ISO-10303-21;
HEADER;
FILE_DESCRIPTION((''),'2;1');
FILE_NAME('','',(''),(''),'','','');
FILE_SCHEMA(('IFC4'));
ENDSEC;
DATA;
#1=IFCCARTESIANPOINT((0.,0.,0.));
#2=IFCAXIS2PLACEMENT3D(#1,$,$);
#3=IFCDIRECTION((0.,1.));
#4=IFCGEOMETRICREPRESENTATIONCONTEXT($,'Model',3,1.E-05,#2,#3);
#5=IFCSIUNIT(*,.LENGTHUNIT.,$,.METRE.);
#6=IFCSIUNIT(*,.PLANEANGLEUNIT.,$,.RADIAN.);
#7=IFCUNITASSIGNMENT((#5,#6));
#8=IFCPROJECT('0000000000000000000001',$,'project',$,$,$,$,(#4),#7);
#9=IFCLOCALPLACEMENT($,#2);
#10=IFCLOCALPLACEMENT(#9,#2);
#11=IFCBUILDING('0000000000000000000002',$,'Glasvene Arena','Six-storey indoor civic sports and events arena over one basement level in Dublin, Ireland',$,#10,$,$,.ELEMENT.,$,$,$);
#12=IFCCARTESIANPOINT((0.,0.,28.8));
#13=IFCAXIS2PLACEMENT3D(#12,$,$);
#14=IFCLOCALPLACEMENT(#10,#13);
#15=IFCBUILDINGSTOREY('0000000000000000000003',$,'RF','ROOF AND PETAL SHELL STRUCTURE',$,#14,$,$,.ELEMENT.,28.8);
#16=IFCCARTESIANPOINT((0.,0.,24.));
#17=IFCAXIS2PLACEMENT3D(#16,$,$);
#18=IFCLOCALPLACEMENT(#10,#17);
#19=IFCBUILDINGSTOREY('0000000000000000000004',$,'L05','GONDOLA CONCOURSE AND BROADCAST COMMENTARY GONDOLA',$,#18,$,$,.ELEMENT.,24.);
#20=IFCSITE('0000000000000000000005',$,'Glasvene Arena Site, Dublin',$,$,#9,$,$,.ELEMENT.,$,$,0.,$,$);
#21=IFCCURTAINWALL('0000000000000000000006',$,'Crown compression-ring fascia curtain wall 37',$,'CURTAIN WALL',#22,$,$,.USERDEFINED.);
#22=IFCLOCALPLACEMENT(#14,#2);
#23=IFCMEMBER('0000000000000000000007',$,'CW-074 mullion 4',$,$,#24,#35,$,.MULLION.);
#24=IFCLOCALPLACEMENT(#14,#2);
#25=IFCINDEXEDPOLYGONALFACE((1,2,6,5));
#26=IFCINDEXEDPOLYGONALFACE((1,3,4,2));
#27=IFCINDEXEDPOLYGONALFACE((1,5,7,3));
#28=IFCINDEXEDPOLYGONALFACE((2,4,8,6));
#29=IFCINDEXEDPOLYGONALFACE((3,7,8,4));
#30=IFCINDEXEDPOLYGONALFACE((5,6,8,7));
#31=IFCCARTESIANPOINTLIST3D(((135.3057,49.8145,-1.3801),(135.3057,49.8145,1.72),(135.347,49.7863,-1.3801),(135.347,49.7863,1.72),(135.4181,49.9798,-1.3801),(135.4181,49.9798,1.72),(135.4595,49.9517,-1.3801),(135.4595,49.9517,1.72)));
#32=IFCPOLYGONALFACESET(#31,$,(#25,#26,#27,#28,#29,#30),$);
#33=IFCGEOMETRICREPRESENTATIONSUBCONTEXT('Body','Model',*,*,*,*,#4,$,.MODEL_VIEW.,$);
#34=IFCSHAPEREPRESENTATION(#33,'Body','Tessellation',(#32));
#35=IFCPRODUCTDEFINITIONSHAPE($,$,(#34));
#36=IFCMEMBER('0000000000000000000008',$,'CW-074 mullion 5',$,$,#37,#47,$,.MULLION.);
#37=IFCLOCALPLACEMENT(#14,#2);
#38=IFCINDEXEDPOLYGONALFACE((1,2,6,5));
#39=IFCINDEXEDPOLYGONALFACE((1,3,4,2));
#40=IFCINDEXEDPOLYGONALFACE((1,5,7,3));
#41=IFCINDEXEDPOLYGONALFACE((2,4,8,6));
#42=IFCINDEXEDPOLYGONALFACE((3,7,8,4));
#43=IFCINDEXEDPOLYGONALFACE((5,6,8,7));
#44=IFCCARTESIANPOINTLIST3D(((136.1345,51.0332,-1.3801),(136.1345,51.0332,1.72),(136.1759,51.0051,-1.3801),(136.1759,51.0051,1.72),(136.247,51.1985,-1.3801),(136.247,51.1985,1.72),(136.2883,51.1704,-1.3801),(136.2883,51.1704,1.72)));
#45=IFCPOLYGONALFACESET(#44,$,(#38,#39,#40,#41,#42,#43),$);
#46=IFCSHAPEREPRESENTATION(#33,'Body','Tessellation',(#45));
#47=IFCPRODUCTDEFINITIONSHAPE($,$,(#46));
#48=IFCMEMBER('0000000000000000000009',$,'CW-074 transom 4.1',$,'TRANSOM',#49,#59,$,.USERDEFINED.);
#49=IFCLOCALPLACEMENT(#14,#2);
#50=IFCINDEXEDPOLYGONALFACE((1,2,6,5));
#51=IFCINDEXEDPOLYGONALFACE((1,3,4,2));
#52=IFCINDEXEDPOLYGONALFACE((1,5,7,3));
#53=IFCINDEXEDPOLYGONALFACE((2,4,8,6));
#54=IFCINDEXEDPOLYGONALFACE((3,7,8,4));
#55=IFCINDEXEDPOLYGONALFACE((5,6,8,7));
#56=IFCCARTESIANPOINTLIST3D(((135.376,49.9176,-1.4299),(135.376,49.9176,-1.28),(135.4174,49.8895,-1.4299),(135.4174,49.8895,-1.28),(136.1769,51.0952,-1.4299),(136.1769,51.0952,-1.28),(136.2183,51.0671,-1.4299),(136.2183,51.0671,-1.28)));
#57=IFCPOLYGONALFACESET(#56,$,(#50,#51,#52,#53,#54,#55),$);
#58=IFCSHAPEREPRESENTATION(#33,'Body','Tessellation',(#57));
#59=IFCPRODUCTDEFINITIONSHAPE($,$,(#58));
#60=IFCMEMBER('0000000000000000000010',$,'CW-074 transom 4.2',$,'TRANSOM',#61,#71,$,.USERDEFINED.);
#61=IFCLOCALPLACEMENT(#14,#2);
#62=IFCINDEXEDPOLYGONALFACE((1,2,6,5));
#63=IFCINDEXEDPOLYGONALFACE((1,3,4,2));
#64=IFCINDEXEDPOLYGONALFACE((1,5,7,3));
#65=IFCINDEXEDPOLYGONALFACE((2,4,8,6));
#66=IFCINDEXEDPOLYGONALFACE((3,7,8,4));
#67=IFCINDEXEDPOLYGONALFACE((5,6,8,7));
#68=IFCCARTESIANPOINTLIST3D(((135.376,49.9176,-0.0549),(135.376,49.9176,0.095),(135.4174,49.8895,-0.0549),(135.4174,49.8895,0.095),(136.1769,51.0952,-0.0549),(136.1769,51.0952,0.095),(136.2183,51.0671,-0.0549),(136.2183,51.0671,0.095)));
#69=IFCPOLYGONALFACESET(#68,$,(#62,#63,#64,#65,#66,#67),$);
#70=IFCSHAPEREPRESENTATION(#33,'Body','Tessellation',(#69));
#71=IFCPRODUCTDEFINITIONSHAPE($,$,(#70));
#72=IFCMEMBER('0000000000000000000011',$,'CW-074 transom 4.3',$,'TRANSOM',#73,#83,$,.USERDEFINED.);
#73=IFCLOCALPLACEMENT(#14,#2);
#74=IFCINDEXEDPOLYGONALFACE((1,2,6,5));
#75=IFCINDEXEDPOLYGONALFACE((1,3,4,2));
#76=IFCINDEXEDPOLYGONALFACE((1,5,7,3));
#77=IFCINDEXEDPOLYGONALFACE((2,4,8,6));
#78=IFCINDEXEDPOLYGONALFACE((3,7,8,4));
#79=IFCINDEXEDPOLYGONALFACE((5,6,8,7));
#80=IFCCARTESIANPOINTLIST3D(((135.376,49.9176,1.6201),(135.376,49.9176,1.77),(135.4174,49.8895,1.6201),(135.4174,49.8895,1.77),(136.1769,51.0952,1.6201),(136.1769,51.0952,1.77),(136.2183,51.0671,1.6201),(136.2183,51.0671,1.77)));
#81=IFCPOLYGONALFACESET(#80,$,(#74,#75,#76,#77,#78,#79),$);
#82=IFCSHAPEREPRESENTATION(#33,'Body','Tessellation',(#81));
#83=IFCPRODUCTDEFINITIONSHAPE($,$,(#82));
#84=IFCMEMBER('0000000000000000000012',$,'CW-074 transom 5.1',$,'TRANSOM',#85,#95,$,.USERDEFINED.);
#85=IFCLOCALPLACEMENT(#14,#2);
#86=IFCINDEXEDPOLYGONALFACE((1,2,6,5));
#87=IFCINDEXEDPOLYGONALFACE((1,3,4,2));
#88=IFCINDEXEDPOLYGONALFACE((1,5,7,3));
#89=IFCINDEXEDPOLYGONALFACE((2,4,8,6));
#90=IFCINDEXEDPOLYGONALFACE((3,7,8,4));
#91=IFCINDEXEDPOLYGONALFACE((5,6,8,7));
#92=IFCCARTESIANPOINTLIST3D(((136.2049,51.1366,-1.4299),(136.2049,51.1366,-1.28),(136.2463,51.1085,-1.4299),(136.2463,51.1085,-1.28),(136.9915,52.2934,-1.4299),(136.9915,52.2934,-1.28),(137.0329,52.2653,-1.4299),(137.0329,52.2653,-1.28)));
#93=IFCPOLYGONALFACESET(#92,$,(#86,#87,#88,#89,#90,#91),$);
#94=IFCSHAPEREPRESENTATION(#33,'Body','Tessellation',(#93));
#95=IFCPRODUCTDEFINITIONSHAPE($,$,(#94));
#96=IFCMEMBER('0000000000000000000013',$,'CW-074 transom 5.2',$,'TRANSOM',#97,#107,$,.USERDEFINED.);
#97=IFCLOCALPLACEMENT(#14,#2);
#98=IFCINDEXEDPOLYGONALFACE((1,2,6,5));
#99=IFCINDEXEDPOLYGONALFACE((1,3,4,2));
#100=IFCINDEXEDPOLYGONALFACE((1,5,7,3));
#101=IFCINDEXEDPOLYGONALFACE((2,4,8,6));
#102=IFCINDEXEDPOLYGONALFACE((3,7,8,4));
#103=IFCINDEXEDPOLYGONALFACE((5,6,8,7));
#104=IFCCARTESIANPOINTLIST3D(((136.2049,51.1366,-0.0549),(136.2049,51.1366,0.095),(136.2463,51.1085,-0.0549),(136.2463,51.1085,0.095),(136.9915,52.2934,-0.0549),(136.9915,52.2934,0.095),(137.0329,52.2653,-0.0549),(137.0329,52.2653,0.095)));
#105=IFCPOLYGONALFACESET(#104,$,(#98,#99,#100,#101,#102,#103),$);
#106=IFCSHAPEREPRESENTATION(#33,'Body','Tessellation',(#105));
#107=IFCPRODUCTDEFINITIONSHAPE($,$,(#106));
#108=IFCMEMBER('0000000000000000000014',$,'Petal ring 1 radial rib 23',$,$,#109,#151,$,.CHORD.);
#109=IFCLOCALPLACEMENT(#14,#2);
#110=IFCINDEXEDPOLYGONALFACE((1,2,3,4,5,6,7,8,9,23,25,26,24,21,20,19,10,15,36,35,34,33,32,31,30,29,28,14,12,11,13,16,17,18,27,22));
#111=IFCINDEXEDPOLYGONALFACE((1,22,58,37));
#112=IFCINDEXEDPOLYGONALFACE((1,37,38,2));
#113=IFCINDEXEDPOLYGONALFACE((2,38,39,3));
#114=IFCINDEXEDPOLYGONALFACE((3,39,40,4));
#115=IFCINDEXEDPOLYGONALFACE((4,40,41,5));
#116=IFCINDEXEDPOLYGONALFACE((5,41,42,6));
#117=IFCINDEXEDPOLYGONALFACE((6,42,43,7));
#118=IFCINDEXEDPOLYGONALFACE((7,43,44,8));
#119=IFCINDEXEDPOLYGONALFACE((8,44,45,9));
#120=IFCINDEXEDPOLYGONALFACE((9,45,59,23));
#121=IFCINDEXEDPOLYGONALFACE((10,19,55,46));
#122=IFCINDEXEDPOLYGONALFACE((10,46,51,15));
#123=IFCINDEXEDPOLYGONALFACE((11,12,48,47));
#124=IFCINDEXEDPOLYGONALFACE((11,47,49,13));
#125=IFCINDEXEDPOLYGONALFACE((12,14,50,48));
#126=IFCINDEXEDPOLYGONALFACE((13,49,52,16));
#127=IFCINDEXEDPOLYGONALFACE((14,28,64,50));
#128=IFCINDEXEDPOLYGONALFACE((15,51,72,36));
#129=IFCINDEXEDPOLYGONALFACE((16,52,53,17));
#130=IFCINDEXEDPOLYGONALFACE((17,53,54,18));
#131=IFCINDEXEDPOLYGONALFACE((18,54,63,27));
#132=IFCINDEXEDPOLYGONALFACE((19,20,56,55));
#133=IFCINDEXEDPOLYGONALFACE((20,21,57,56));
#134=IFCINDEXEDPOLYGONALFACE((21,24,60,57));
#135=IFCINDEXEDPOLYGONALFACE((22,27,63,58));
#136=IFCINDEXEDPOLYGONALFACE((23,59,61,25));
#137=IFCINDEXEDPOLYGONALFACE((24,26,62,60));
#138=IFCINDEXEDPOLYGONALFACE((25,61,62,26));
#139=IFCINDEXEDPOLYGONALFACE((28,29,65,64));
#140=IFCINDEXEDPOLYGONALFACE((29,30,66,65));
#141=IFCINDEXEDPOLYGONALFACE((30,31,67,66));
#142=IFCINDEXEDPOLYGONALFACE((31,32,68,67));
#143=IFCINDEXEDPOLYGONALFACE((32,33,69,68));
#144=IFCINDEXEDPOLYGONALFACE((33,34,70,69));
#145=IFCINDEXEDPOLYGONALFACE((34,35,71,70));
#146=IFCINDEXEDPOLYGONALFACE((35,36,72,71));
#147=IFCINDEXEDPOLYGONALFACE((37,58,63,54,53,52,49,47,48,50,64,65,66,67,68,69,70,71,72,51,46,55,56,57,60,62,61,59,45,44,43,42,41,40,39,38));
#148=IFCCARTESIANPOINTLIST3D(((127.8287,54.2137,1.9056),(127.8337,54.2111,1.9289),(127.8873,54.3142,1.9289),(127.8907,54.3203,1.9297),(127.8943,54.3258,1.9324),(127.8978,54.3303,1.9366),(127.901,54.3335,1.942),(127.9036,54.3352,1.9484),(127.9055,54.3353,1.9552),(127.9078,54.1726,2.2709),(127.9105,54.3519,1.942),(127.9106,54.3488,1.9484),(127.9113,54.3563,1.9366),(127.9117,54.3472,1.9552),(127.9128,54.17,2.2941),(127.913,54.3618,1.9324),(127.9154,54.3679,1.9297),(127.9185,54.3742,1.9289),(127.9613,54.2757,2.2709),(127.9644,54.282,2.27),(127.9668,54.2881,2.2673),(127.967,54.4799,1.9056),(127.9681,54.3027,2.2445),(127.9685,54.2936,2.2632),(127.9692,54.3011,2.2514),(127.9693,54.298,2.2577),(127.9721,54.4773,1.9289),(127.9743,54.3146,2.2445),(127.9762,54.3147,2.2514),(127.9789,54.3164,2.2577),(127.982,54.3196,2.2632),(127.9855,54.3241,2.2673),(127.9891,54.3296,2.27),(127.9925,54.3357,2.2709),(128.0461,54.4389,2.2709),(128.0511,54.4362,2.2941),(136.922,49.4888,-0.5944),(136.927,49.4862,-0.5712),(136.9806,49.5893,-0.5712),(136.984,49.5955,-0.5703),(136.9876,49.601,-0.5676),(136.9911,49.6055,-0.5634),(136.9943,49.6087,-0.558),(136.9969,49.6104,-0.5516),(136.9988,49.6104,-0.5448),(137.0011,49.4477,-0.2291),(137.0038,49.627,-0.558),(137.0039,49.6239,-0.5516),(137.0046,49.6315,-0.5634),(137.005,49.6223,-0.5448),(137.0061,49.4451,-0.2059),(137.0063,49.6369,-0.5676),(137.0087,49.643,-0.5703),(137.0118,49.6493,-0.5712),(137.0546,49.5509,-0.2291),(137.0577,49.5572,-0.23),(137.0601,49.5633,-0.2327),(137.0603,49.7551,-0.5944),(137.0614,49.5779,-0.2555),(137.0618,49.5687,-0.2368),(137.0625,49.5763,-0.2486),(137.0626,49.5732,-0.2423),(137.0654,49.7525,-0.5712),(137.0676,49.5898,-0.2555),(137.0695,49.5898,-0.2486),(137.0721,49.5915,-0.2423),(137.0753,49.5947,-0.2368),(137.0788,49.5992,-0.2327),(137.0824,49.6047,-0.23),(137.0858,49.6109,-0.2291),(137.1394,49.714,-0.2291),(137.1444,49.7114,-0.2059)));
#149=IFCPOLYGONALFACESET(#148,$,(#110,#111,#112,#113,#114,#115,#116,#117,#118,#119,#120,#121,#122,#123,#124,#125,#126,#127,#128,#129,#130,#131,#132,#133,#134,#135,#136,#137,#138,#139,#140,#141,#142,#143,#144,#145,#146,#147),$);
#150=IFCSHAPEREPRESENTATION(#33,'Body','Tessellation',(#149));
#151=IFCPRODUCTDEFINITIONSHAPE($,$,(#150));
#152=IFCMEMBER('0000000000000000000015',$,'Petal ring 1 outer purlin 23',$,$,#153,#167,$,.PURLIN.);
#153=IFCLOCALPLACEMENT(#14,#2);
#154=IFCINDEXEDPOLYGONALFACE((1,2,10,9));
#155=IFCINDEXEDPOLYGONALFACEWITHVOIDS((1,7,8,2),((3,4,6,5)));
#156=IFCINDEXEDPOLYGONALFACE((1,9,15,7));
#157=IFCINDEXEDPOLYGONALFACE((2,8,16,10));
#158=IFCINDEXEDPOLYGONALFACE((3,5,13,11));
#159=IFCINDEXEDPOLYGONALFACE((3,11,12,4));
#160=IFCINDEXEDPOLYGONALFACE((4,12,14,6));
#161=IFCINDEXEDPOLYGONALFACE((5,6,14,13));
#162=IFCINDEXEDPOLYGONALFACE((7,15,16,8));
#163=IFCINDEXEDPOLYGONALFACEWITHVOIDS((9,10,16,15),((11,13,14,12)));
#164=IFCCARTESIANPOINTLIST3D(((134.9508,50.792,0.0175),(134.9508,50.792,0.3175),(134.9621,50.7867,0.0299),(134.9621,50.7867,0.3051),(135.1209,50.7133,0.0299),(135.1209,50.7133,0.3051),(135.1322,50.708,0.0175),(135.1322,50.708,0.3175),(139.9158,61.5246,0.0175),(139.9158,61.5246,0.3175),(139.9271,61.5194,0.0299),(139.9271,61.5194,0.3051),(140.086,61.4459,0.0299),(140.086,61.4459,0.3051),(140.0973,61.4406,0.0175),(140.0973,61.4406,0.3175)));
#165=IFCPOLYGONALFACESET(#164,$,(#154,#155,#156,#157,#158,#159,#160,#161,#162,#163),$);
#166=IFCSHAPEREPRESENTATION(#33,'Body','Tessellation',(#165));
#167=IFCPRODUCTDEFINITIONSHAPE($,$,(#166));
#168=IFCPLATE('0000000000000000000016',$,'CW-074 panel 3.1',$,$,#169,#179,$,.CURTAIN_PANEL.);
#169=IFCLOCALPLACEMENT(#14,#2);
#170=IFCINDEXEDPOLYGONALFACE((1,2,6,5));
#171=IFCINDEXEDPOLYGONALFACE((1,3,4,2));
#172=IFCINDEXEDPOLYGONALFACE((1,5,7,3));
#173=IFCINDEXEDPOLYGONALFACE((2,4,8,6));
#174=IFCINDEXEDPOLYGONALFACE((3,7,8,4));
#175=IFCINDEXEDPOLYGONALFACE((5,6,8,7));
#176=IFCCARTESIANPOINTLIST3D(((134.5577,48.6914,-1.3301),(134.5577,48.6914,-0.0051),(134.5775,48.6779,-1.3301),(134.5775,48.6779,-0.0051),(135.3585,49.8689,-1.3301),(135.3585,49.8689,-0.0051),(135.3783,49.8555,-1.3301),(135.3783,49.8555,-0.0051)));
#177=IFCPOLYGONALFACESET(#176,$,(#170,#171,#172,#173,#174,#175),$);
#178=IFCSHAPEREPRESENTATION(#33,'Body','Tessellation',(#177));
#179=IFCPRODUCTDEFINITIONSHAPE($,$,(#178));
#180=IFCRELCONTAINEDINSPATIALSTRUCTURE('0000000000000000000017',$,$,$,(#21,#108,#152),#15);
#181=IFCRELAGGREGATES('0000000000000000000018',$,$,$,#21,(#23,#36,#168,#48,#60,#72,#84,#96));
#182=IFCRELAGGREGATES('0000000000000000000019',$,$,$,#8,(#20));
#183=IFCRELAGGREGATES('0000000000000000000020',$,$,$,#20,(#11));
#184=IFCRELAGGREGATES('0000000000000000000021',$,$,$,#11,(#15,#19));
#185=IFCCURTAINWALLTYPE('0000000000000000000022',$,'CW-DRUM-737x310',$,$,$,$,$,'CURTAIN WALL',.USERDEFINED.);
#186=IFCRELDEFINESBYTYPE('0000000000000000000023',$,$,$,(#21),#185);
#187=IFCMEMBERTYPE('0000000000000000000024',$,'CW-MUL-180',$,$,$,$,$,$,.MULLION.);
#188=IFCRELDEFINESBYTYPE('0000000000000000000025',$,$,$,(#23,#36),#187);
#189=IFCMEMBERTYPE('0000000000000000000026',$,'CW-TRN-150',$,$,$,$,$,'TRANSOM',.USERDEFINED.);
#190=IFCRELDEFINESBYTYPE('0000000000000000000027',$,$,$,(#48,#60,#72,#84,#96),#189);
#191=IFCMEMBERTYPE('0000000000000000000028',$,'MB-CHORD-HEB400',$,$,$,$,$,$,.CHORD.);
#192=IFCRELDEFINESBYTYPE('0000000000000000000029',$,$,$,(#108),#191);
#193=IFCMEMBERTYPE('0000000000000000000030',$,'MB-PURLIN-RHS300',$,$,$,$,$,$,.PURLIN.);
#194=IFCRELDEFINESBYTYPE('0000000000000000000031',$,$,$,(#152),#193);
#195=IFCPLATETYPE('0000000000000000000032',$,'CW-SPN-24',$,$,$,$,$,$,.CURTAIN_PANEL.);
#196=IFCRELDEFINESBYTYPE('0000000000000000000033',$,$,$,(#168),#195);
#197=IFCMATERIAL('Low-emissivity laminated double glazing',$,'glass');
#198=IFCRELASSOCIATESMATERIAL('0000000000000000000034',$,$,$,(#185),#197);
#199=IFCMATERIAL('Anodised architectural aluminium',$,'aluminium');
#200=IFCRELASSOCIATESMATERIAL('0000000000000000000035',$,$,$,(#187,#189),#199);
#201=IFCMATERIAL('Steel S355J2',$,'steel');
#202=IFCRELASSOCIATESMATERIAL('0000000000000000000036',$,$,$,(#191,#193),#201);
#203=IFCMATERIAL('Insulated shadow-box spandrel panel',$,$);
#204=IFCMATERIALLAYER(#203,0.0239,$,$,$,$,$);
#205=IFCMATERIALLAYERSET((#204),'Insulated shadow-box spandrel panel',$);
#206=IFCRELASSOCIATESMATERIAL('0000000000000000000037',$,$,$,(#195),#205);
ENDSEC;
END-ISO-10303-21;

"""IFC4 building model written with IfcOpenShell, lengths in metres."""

from ifc_helpers import new_model, si_unit, direction, frame, origin, origin_2d, place, context, subcontext, project, spatial, rectangle, hollow_rectangle, i_section, extrude, material, layer, layer_set, material_profile, profile_set, type_object, element, aggregate, save


model = new_model("IFC4")

# Units and contexts
model_context = context("Model", 3, precision=1e-05, world=origin(), true_north=direction((0.0, 1.0)))
body_context = subcontext(model_context, "Body", "Model", "MODEL_VIEW")
ifc_project = project(units=[si_unit("LENGTHUNIT", "METRE"), si_unit("PLANEANGLEUNIT", "RADIAN")], contexts=[model_context])

# Site, building, storey
site_placement = place(None, origin())
site = spatial("IfcSite", under=ifc_project, at=site_placement, Name="Glasvene Arena Site, Dublin", CompositionType="ELEMENT", RefElevation=0.0)
building_placement = place(site_placement, origin())
building = spatial("IfcBuilding", under=site, at=building_placement, Name="Glasvene Arena", Description="Six-storey indoor civic sports and events arena over one basement level in Dublin, Ireland", CompositionType="ELEMENT")
storey_1_placement = place(building_placement, frame((0.0, 0.0, 28.8)))
storey_1 = spatial("IfcBuildingStorey", under=building, at=storey_1_placement, Name="RF", Description="ROOF AND PETAL SHELL STRUCTURE", CompositionType="ELEMENT", Elevation=28.8)

# Curtain wall, members
ifc_material_1 = material(Name="Low-emissivity laminated double glazing", Category="glass")
curtain_wall_type = type_object("IfcCurtainWallType", Name="CW-DRUM-737x310", ElementType="CURTAIN WALL", PredefinedType="USERDEFINED", material=ifc_material_1)
curtain_wall_placement = place(storey_1_placement, frame((132.8958, 46.2263, 0.0)))
curtain_wall = element("IfcCurtainWall", 1, at=curtain_wall_placement, inside=storey_1, type_object=curtain_wall_type, Name="Crown compression-ring fascia curtain wall 37", ObjectType="CURTAIN WALL", PredefinedType="USERDEFINED")
ifc_material_2 = material(Name="Anodised architectural aluminium", Category="aluminium")
ifc_material_profile_1 = material_profile(ifc_material_2, rectangle(XDim=0.05, YDim=0.2, at=origin_2d()), Name="ALU MULLION 50x200")
ifc_profile_set_1 = profile_set([ifc_material_profile_1], Name="Anodised architectural aluminium")
member_type_1 = type_object("IfcMemberType", Name="CW-MUL-180", PredefinedType="MULLION", material=ifc_profile_set_1)
member_1_placement = place(storey_1_placement, frame((135.3826, 49.8831, -1.3801), z_axis=(0.0, 0.0, 1.0), x_axis=(-0.826896, 0.562354, 0.0)))
member_1 = element("IfcMember", 2, at=member_1_placement, type_object=member_type_1, Name="CW-074 mullion 4", PredefinedType="MULLION", context=body_context, shape_type="SweptSolid", body=[
    extrude(rectangle(XDim=0.05, YDim=0.2, at=origin_2d()), origin(), (0.0, 0.0, 1.0), 3.1001),
])
member_2_placement = place(storey_1_placement, frame((136.2114, 51.1018, -1.3801), z_axis=(0.0, 0.0, 1.0), x_axis=(-0.826896, 0.562354, 0.0)))
member_2 = element("IfcMember", 3, at=member_2_placement, type_object=member_type_1, Name="CW-074 mullion 5", PredefinedType="MULLION", context=body_context, shape_type="SweptSolid", body=[
    extrude(rectangle(XDim=0.05, YDim=0.2, at=origin_2d()), origin(), (0.0, 0.0, 1.0), 3.1001),
])
ifc_material_profile_2 = material_profile(ifc_material_2, rectangle(XDim=0.05, YDim=0.1499, at=origin_2d()), Name="ALU TRANSOM 50x150")
ifc_profile_set_2 = profile_set([ifc_material_profile_2], Name="Anodised architectural aluminium")
member_type_2 = type_object("IfcMemberType", Name="CW-TRN-150", ElementType="TRANSOM", PredefinedType="USERDEFINED", material=ifc_profile_set_2)
member_3_placement = place(storey_1_placement, frame((135.3967, 49.9036, -1.355), z_axis=(0.562352, 0.826898, 0.0), x_axis=(-0.826898, 0.562352, 0.0)))
member_3 = element("IfcMember", 4, at=member_3_placement, type_object=member_type_2, Name="CW-074 transom 4.1", ObjectType="TRANSOM", PredefinedType="USERDEFINED", context=body_context, shape_type="SweptSolid", body=[
    extrude(rectangle(XDim=0.05, YDim=0.1499, at=origin_2d()), origin(), (0.0, 0.0, 1.0), 1.4241),
])
member_4_placement = place(storey_1_placement, frame((135.3967, 49.9036, 0.02), z_axis=(0.562352, 0.826898, 0.0), x_axis=(-0.826898, 0.562352, 0.0)))
member_4 = element("IfcMember", 5, at=member_4_placement, type_object=member_type_2, Name="CW-074 transom 4.2", ObjectType="TRANSOM", PredefinedType="USERDEFINED", context=body_context, shape_type="SweptSolid", body=[
    extrude(rectangle(XDim=0.05, YDim=0.1499, at=origin_2d()), origin(), (0.0, 0.0, 1.0), 1.4241),
])
member_5_placement = place(storey_1_placement, frame((135.3967, 49.9036, 1.6951), z_axis=(0.562352, 0.826898, 0.0), x_axis=(-0.826898, 0.562352, 0.0)))
member_5 = element("IfcMember", 6, at=member_5_placement, type_object=member_type_2, Name="CW-074 transom 4.3", ObjectType="TRANSOM", PredefinedType="USERDEFINED", context=body_context, shape_type="SweptSolid", body=[
    extrude(rectangle(XDim=0.05, YDim=0.1499, at=origin_2d()), origin(), (0.0, 0.0, 1.0), 1.4241),
])
member_6_placement = place(storey_1_placement, frame((136.2256, 51.1226, -1.355), z_axis=(0.562329, 0.826914, 0.0), x_axis=(-0.826914, 0.562329, 0.0)))
member_6 = element("IfcMember", 7, at=member_6_placement, type_object=member_type_2, Name="CW-074 transom 5.1", ObjectType="TRANSOM", PredefinedType="USERDEFINED", context=body_context, shape_type="SweptSolid", body=[
    extrude(rectangle(XDim=0.05, YDim=0.1499, at=origin_2d()), origin(), (0.0, 0.0, 1.0), 1.3989),
])
member_7_placement = place(storey_1_placement, frame((136.2256, 51.1226, 0.02), z_axis=(0.562329, 0.826914, 0.0), x_axis=(-0.826914, 0.562329, 0.0)))
member_7 = element("IfcMember", 8, at=member_7_placement, type_object=member_type_2, Name="CW-074 transom 5.2", ObjectType="TRANSOM", PredefinedType="USERDEFINED", context=body_context, shape_type="SweptSolid", body=[
    extrude(rectangle(XDim=0.05, YDim=0.1499, at=origin_2d()), origin(), (0.0, 0.0, 1.0), 1.3989),
])

# Members
ifc_material_3 = material(Name="Steel S355J2", Category="steel")
ifc_material_profile_3 = material_profile(ifc_material_3, i_section(OverallWidth=0.3, OverallDepth=0.3999, WebThickness=0.0134, FlangeThickness=0.0239, FilletRadius=0.0271, at=origin_2d()), Name="HEB 400")
ifc_profile_set_3 = profile_set([ifc_material_profile_3], Name="Steel S355J2")
member_type_3 = type_object("IfcMemberType", Name="MB-CHORD-HEB400", PredefinedType="CHORD", material=ifc_profile_set_3)
member_8_placement = place(storey_1_placement, frame((137.0332, 49.6001, -0.4001), z_axis=(-0.862079, 0.447936, 0.23701), x_axis=(-0.461073, -0.887362, 0.0)))
element("IfcMember", 9, at=member_8_placement, inside=storey_1, type_object=member_type_3, Name="Petal ring 1 radial rib 23", PredefinedType="CHORD", context=body_context, shape_type="SweptSolid", body=[
    extrude(i_section(OverallWidth=0.3, OverallDepth=0.3999, WebThickness=0.0134, FlangeThickness=0.0239, FilletRadius=0.0271, at=origin_2d()), origin(), (0.0, 0.0, 1.0), 10.5481),
])
ifc_material_profile_4 = material_profile(ifc_material_3, hollow_rectangle(XDim=0.2, YDim=0.3, WallThickness=0.0125, at=origin_2d()), Name="RHS 300x200x12.5")
ifc_profile_set_4 = profile_set([ifc_material_profile_4], Name="Steel S355J2")
member_type_4 = type_object("IfcMemberType", Name="MB-PURLIN-RHS300", PredefinedType="PURLIN", material=ifc_profile_set_4)
member_9_placement = place(storey_1_placement, frame((135.0415, 50.75, 0.1675), z_axis=(0.419863, 0.907587, 0.0), x_axis=(-0.907587, 0.419863, 0.0)))
element("IfcMember", 10, at=member_9_placement, inside=storey_1, type_object=member_type_4, Name="Petal ring 1 outer purlin 23", PredefinedType="PURLIN", context=body_context, shape_type="SweptSolid", body=[
    extrude(hollow_rectangle(XDim=0.2, YDim=0.3, WallThickness=0.0125, at=origin_2d()), origin(), (0.0, 0.0, 1.0), 11.8254),
])

# Plate
ifc_material_4 = material(Name="Insulated shadow-box spandrel panel")
ifc_layer_1 = layer(ifc_material_4, 0.0239)
ifc_layer_set_1 = layer_set([ifc_layer_1], Name="Insulated shadow-box spandrel panel")
plate_type = type_object("IfcPlateType", Name="CW-SPN-24", PredefinedType="CURTAIN_PANEL", material=ifc_layer_set_1)
plate_1_placement = place(storey_1_placement, frame((134.968, 49.2734, -1.3301), z_axis=(0.0, 0.0, 1.0), x_axis=(0.562354, 0.826896, 0.0)))
plate_1 = element("IfcPlate", 11, at=plate_1_placement, type_object=plate_type, Name="CW-074 panel 3.1", PredefinedType="CURTAIN_PANEL", context=body_context, shape_type="SweptSolid", body=[
    extrude(rectangle(XDim=1.4241, YDim=0.0239, at=origin_2d()), origin(), (0.0, 0.0, 1.0), 1.325),
])
aggregate(curtain_wall, [member_1, member_2, plate_1, member_3, member_4, member_5, member_6, member_7])

# Shared definitions
storey_2_placement = place(building_placement, frame((0.0, 0.0, 24.0)))
storey_2 = spatial("IfcBuildingStorey", under=building, at=storey_2_placement, Name="L05", Description="GONDOLA CONCOURSE AND BROADCAST COMMENTARY GONDOLA", CompositionType="ELEMENT", Elevation=24.0)

save(model, "model.ifc")
